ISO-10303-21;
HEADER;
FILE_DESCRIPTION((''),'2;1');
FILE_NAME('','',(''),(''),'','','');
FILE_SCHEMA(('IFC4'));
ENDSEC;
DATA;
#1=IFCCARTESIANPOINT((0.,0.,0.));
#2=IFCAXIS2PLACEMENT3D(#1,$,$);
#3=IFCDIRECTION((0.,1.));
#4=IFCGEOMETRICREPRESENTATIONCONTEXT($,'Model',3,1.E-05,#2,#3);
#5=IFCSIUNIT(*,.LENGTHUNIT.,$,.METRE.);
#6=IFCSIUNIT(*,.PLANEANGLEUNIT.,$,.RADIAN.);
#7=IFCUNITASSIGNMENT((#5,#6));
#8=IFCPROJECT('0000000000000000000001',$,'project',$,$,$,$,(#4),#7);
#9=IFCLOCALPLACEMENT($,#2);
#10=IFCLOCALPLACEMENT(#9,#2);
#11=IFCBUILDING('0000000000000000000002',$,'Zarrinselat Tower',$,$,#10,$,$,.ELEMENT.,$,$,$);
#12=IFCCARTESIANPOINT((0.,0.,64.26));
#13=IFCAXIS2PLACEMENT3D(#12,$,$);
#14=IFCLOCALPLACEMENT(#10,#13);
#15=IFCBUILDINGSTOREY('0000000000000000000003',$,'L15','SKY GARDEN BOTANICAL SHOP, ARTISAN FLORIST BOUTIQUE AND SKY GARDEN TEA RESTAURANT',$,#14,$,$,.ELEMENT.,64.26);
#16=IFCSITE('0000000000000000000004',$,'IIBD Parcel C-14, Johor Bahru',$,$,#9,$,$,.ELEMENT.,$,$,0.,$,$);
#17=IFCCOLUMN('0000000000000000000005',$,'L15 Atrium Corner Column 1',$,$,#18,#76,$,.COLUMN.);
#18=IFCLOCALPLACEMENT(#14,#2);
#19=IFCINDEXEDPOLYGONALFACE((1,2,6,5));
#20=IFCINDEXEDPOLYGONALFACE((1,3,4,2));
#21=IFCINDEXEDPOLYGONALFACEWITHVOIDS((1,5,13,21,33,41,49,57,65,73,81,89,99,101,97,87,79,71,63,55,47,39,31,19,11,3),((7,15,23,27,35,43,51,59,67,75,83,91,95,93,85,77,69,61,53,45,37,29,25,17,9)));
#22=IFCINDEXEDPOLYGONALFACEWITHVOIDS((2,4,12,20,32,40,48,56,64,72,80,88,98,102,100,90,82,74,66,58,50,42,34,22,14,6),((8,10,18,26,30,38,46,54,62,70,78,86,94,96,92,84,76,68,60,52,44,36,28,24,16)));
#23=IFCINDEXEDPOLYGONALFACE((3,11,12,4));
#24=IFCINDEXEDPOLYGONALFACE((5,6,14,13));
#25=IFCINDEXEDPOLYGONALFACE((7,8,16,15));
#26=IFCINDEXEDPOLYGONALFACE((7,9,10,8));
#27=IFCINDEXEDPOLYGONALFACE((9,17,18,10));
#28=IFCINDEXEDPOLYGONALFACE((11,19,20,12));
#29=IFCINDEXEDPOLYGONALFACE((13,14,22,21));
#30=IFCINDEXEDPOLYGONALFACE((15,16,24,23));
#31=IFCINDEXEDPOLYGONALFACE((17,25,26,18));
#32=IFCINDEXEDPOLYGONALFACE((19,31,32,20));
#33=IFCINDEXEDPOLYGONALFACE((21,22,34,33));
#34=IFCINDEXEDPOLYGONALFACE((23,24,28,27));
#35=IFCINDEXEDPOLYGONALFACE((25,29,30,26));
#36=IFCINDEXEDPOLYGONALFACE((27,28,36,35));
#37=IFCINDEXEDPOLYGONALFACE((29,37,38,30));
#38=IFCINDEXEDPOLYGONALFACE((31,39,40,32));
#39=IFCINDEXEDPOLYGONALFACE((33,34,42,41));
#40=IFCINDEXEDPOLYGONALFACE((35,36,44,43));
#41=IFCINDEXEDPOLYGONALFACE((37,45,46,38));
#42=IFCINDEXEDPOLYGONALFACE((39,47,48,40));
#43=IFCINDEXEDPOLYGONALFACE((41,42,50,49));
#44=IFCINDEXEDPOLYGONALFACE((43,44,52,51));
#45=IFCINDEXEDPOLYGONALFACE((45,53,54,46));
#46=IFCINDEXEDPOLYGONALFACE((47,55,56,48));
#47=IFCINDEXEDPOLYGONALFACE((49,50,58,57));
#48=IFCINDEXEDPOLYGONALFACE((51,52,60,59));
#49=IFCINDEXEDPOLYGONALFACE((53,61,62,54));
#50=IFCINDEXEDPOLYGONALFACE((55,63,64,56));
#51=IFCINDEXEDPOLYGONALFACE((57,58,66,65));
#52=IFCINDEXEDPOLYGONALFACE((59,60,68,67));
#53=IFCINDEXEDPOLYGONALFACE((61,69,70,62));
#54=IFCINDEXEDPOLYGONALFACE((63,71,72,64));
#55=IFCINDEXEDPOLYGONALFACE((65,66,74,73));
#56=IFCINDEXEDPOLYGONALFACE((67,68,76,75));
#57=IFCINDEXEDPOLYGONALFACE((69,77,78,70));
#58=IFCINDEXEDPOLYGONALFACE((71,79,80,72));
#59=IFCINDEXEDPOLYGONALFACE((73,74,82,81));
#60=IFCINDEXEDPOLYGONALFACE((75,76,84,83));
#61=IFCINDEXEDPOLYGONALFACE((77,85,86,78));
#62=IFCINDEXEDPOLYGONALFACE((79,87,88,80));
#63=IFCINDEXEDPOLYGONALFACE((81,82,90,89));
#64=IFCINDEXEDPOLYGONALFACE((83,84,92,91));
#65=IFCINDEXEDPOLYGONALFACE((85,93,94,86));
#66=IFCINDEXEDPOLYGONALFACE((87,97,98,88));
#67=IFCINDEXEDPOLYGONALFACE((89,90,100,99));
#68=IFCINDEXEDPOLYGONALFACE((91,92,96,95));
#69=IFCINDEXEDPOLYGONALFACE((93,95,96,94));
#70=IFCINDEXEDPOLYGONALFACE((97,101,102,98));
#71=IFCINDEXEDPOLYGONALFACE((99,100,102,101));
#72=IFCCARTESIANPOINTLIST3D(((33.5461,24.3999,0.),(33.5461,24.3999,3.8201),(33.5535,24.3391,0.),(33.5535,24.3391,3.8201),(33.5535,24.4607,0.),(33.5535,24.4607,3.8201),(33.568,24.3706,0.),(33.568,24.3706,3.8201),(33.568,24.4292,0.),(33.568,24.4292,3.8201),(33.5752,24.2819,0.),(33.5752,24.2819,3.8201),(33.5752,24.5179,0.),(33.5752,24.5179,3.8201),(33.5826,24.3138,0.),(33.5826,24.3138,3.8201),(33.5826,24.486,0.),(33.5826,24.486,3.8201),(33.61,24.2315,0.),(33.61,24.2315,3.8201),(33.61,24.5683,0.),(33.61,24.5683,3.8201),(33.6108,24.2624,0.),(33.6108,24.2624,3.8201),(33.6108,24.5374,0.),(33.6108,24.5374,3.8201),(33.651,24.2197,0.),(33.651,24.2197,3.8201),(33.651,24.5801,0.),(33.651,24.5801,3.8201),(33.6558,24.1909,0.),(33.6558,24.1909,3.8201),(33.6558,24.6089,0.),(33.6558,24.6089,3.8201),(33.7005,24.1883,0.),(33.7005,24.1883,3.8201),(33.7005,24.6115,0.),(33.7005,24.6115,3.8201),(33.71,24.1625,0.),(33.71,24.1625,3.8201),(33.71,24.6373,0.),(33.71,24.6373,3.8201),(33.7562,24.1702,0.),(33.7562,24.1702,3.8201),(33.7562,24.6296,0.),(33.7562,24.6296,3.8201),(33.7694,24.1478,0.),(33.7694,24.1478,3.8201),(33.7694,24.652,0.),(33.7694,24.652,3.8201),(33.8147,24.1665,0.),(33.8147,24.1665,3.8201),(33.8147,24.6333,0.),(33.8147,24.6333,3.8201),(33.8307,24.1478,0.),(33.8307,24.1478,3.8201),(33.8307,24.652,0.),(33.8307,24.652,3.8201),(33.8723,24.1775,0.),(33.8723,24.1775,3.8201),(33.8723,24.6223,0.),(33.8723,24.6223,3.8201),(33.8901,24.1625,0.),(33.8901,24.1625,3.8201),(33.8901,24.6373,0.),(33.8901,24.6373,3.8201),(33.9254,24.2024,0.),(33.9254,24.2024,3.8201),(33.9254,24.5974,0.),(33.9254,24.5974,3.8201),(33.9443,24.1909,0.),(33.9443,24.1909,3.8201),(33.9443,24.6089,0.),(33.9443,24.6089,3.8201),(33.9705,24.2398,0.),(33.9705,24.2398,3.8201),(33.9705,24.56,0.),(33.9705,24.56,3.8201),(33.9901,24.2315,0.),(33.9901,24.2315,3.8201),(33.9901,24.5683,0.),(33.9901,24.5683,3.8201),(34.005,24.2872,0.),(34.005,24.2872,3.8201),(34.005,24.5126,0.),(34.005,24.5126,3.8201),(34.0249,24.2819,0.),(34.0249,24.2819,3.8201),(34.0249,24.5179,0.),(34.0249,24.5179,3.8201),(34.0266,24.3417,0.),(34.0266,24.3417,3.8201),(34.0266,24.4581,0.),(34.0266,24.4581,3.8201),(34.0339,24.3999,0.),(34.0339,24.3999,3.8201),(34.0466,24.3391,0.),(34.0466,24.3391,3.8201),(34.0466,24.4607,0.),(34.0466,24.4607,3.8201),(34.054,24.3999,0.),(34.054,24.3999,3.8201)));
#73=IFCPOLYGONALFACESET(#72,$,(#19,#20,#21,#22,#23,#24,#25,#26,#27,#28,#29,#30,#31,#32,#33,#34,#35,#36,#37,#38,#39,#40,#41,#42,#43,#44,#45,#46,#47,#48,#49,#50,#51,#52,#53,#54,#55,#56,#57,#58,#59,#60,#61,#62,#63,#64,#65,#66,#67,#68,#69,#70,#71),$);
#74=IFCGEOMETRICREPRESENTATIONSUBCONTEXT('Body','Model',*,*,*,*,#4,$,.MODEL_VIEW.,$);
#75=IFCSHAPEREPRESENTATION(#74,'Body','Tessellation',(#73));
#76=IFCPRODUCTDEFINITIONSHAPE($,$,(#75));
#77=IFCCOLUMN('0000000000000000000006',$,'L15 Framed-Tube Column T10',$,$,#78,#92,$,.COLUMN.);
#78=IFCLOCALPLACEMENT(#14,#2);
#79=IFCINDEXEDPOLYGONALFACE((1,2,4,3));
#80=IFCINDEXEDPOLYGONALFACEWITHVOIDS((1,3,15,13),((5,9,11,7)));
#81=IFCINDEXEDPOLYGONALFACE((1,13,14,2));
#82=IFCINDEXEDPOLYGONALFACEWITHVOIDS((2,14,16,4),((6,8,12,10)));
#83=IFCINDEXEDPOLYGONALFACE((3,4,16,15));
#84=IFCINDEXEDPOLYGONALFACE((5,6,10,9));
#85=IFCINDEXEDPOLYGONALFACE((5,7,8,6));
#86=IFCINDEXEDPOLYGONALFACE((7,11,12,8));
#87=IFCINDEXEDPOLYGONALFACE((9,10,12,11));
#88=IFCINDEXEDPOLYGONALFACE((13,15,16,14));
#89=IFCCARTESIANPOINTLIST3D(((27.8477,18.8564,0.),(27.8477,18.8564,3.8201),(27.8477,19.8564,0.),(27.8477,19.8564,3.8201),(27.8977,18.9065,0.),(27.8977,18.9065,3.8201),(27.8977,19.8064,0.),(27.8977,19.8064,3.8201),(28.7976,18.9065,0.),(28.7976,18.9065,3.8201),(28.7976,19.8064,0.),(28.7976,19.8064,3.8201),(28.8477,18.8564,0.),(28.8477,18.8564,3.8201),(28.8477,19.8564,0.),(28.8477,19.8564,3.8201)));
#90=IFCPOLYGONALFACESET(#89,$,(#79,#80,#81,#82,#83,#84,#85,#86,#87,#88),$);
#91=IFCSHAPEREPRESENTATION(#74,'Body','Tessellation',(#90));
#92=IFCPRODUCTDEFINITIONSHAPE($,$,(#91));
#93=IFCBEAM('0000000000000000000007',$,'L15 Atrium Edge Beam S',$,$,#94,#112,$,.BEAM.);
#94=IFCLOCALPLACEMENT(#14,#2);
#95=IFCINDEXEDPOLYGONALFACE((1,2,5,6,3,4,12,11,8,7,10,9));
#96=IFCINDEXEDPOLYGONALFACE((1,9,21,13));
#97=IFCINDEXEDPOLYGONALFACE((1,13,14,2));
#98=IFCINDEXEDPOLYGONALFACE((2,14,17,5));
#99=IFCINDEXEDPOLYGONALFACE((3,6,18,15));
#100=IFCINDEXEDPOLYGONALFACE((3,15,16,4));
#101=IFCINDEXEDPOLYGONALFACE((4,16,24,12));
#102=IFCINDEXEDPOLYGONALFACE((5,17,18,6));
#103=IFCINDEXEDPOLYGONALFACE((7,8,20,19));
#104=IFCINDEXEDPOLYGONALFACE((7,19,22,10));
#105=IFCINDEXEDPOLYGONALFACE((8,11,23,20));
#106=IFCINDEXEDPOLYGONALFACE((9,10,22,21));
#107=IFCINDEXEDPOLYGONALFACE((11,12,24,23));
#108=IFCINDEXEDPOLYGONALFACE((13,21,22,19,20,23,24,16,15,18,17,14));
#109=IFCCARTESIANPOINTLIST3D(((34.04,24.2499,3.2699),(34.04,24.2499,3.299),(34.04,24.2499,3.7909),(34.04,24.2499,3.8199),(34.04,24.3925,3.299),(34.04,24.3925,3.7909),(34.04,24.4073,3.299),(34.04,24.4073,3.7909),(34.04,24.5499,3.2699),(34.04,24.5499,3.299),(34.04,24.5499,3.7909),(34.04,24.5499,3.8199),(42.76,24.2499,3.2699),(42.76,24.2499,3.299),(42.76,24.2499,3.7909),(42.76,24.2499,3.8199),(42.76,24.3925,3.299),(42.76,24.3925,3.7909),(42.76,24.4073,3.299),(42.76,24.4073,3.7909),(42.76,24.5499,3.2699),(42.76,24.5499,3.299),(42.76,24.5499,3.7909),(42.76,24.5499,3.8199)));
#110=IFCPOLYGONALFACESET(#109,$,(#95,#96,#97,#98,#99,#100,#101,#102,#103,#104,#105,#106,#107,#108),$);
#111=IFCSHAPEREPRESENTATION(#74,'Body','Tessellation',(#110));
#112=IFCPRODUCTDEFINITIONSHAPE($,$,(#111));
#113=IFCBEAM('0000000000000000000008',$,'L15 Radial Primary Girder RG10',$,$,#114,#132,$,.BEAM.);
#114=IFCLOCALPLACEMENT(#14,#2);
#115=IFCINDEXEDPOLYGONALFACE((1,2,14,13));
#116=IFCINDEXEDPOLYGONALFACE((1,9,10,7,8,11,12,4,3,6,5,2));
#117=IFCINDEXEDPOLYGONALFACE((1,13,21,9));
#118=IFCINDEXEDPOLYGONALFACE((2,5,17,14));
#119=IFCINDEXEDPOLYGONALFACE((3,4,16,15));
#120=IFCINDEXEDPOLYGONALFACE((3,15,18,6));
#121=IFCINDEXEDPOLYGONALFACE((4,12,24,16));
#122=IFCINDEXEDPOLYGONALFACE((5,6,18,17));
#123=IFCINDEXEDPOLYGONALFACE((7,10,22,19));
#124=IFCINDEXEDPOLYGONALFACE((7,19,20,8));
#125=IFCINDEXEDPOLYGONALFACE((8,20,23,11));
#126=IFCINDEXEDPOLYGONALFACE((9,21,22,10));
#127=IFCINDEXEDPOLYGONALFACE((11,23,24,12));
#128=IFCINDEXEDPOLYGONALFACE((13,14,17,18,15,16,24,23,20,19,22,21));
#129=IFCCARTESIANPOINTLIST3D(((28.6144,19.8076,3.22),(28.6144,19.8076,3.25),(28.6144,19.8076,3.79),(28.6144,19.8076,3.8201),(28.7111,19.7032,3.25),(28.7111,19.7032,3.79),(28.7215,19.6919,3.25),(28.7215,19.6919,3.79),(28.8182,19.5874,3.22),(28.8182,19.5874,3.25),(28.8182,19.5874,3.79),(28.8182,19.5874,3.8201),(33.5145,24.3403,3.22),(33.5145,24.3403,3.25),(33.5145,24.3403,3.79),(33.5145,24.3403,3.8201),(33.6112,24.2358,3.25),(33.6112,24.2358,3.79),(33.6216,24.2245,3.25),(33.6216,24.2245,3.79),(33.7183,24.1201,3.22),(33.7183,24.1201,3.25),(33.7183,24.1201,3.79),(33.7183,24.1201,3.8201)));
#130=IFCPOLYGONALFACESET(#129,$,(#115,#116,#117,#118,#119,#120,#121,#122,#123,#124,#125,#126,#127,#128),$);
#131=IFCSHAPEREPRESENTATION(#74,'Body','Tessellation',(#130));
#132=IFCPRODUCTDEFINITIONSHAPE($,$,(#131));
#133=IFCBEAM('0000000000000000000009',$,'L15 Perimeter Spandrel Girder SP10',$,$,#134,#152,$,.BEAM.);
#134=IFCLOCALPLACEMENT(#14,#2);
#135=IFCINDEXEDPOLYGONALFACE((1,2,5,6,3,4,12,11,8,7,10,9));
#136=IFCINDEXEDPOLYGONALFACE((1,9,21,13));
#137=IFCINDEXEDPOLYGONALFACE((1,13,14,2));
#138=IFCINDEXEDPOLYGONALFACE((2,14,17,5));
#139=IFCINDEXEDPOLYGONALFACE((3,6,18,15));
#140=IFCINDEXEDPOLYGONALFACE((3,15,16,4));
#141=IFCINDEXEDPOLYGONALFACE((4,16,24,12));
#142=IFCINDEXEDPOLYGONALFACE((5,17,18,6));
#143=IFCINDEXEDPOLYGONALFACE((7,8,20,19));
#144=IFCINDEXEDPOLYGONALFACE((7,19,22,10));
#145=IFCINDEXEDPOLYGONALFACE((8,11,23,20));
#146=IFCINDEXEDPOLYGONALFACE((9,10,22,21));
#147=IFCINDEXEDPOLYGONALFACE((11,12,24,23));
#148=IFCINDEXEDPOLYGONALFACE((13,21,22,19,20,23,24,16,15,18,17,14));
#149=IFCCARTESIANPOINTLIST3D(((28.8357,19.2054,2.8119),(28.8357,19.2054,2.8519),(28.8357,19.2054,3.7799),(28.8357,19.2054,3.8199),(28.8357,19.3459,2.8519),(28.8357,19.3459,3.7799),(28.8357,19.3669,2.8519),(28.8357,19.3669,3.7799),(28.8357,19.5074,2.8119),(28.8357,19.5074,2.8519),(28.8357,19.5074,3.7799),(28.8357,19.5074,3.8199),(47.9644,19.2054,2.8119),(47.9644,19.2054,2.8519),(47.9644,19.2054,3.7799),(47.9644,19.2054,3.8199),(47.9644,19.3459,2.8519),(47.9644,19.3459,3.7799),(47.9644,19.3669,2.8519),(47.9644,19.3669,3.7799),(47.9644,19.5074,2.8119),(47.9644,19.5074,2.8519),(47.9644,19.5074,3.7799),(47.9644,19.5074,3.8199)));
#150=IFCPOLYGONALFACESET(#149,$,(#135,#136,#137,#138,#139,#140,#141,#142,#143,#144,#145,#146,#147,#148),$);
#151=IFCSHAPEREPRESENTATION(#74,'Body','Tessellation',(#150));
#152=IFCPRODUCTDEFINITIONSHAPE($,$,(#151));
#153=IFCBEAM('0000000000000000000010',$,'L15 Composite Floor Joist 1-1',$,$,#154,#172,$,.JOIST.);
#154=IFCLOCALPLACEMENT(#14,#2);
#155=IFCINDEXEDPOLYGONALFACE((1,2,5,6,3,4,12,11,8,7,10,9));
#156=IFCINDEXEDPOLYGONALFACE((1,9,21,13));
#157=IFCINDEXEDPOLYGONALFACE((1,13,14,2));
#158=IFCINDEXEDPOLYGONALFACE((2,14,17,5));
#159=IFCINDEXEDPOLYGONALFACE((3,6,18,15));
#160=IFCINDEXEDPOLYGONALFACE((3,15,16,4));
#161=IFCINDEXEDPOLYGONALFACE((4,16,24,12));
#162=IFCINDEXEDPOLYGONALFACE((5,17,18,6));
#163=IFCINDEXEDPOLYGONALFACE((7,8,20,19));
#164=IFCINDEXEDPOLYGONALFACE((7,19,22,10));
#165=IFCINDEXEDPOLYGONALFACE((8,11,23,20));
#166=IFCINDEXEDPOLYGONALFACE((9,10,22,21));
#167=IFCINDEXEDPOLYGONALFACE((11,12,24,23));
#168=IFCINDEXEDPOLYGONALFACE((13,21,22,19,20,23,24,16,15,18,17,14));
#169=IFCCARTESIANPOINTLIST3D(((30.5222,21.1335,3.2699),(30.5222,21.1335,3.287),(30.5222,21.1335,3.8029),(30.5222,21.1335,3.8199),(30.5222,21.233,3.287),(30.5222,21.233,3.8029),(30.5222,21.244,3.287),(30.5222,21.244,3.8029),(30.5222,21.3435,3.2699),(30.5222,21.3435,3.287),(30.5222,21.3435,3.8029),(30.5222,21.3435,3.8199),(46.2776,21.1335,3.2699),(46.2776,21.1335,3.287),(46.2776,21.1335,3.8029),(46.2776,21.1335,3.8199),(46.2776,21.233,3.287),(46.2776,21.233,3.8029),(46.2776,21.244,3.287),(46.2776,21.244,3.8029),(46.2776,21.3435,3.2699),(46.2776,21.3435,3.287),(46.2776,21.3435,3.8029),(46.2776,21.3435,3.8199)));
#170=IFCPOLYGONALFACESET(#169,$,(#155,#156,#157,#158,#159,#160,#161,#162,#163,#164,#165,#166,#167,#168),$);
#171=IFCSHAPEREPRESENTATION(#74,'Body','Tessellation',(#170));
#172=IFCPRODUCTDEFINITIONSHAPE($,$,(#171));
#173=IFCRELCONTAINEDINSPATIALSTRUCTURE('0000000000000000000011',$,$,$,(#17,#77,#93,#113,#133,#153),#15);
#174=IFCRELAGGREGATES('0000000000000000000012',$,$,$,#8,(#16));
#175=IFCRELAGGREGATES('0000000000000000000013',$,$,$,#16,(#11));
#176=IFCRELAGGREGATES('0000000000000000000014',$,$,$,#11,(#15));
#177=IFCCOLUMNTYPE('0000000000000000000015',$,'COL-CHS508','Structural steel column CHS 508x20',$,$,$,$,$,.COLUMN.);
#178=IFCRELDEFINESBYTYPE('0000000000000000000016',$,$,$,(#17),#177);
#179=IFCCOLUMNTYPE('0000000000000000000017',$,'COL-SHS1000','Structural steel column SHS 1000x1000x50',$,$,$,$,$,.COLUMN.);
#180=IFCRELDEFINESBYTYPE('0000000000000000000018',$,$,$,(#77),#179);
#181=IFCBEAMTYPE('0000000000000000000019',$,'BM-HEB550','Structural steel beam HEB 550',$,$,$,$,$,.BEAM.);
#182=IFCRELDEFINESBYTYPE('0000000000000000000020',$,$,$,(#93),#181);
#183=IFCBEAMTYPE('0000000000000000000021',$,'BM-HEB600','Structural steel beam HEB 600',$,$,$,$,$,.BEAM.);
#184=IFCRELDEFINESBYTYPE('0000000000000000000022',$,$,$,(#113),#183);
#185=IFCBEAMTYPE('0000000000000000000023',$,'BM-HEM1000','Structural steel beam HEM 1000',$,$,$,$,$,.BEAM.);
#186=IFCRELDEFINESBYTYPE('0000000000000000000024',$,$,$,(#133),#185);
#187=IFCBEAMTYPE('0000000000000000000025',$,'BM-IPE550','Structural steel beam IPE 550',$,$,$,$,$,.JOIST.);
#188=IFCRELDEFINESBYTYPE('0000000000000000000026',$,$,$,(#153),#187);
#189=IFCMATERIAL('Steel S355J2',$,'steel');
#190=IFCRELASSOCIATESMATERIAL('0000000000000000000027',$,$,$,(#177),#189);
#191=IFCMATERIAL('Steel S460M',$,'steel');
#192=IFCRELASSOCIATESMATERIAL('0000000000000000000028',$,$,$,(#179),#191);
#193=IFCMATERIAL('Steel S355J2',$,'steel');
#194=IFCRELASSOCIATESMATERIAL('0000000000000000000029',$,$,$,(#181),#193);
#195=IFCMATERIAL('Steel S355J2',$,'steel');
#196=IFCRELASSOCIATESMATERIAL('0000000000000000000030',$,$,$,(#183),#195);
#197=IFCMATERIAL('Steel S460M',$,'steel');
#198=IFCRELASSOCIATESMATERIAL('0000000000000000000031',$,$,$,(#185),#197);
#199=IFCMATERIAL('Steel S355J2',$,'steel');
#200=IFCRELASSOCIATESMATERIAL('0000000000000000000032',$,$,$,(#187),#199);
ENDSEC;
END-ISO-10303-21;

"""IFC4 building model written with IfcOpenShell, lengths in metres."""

from ifc_helpers import new_model, si_unit, direction, frame, origin, origin_2d, place, context, subcontext, project, spatial, hollow_rectangle, hollow_circle, i_section, extrude, material, material_profile, profile_set, type_object, element, save


model = new_model("IFC4")

# Units and contexts
model_context = context("Model", 3, precision=1e-05, world=origin(), true_north=direction((0.0, 1.0)))
body_context = subcontext(model_context, "Body", "Model", "MODEL_VIEW")
ifc_project = project(units=[si_unit("LENGTHUNIT", "METRE"), si_unit("PLANEANGLEUNIT", "RADIAN")], contexts=[model_context])

# Site, building, storey
site_placement = place(None, origin())
site = spatial("IfcSite", under=ifc_project, at=site_placement, Name="IIBD Parcel C-14, Johor Bahru", CompositionType="ELEMENT", RefElevation=0.0)
building_placement = place(site_placement, origin())
building = spatial("IfcBuilding", under=site, at=building_placement, Name="Zarrinselat Tower", CompositionType="ELEMENT")
storey_placement = place(building_placement, frame((0.0, 0.0, 64.26)))
storey = spatial("IfcBuildingStorey", under=building, at=storey_placement, Name="L15", Description="SKY GARDEN BOTANICAL SHOP, ARTISAN FLORIST BOUTIQUE AND SKY GARDEN TEA RESTAURANT", CompositionType="ELEMENT", Elevation=64.26)

# Columns
ifc_material_1 = material(Name="Steel S355J2", Category="steel")
ifc_material_profile_1 = material_profile(ifc_material_1, hollow_circle(Radius=0.2539, WallThickness=0.02, at=origin_2d()), Name="CHS 508x20")
ifc_profile_set_1 = profile_set([ifc_material_profile_1], Name="Steel S355J2")
column_type_1 = type_object("IfcColumnType", Name="COL-CHS508", Description="Structural steel column CHS 508x20", PredefinedType="COLUMN", material=ifc_profile_set_1)
column_1_placement = place(storey_placement, frame((33.8, 24.3999, 0.0), z_axis=(0.0, 0.0, 1.0), x_axis=(1.0, 0.0, 0.0)))
element("IfcColumn", 1, at=column_1_placement, inside=storey, type_object=column_type_1, Name="L15 Atrium Corner Column 1", PredefinedType="COLUMN", context=body_context, shape_type="SweptSolid", body=[
    extrude(hollow_circle(Radius=0.2539, WallThickness=0.02, at=origin_2d()), origin(), (0.0, 0.0, 1.0), 3.8201),
])
ifc_material_2 = material(Name="Steel S460M", Category="steel")
ifc_material_profile_2 = material_profile(ifc_material_2, hollow_rectangle(XDim=1.0, YDim=1.0, WallThickness=0.05, at=origin_2d()), Name="SHS 1000x1000x50")
ifc_profile_set_2 = profile_set([ifc_material_profile_2], Name="Steel S460M")
column_type_2 = type_object("IfcColumnType", Name="COL-SHS1000", Description="Structural steel column SHS 1000x1000x50", PredefinedType="COLUMN", material=ifc_profile_set_2)
column_2_placement = place(storey_placement, frame((28.3477, 19.3564, 0.0), z_axis=(0.0, 0.0, 1.0), x_axis=(1.0, 0.0, 0.0)))
element("IfcColumn", 2, at=column_2_placement, inside=storey, type_object=column_type_2, Name="L15 Framed-Tube Column T10", PredefinedType="COLUMN", context=body_context, shape_type="SweptSolid", body=[
    extrude(hollow_rectangle(XDim=1.0, YDim=1.0, WallThickness=0.05, at=origin_2d()), origin(), (0.0, 0.0, 1.0), 3.8201),
])

# Beams
ifc_material_3 = material(Name="Steel S355J2", Category="steel")
ifc_material_profile_3 = material_profile(ifc_material_3, i_section(OverallWidth=0.3, OverallDepth=0.55, WebThickness=0.0149, FlangeThickness=0.0291, at=origin_2d()), Name="HEB 550")
ifc_profile_set_3 = profile_set([ifc_material_profile_3], Name="Steel S355J2")
beam_type_1 = type_object("IfcBeamType", Name="BM-HEB550", Description="Structural steel beam HEB 550", PredefinedType="BEAM", material=ifc_profile_set_3)
beam_1_placement = place(storey_placement, frame((34.04, 24.3999, 3.5449), z_axis=(1.0, 0.0, 0.0), x_axis=(0.0, 1.0, 0.0)))
element("IfcBeam", 3, at=beam_1_placement, inside=storey, type_object=beam_type_1, Name="L15 Atrium Edge Beam S", PredefinedType="BEAM", context=body_context, shape_type="SweptSolid", body=[
    extrude(i_section(OverallWidth=0.3, OverallDepth=0.55, WebThickness=0.0149, FlangeThickness=0.0291, at=origin_2d()), origin(), (0.0, 0.0, 1.0), 8.72),
])
ifc_material_4 = material(Name="Steel S355J2", Category="steel")
ifc_material_profile_4 = material_profile(ifc_material_4, i_section(OverallWidth=0.3, OverallDepth=0.6001, WebThickness=0.0154, FlangeThickness=0.03, at=origin_2d()), Name="HEB 600")
ifc_profile_set_4 = profile_set([ifc_material_profile_4], Name="Steel S355J2")
beam_type_2 = type_object("IfcBeamType", Name="BM-HEB600", Description="Structural steel beam HEB 600", PredefinedType="BEAM", material=ifc_profile_set_4)
beam_2_placement = place(storey_placement, frame((28.7163, 19.6975, 3.52), z_axis=(0.734094, 0.679048, 0.0), x_axis=(-0.679048, 0.734094, 0.0)))
element("IfcBeam", 4, at=beam_2_placement, inside=storey, type_object=beam_type_2, Name="L15 Radial Primary Girder RG10", PredefinedType="BEAM", context=body_context, shape_type="SweptSolid", body=[
    extrude(i_section(OverallWidth=0.3, OverallDepth=0.6001, WebThickness=0.0154, FlangeThickness=0.03, at=origin_2d()), origin(), (0.0, 0.0, 1.0), 6.675),
])
ifc_material_5 = material(Name="Steel S460M", Category="steel")
ifc_material_profile_5 = material_profile(ifc_material_5, i_section(OverallWidth=0.302, OverallDepth=1.0081, WebThickness=0.021, FlangeThickness=0.04, at=origin_2d()), Name="HEM 1000")
ifc_profile_set_5 = profile_set([ifc_material_profile_5], Name="Steel S460M")
beam_type_3 = type_object("IfcBeamType", Name="BM-HEM1000", Description="Structural steel beam HEM 1000", PredefinedType="BEAM", material=ifc_profile_set_5)
beam_3_placement = place(storey_placement, frame((28.8357, 19.3564, 3.3159), z_axis=(1.0, 0.0, 0.0), x_axis=(0.0, 1.0, 0.0)))
element("IfcBeam", 5, at=beam_3_placement, inside=storey, type_object=beam_type_3, Name="L15 Perimeter Spandrel Girder SP10", PredefinedType="BEAM", context=body_context, shape_type="SweptSolid", body=[
    extrude(i_section(OverallWidth=0.302, OverallDepth=1.0081, WebThickness=0.021, FlangeThickness=0.04, at=origin_2d()), origin(), (0.0, 0.0, 1.0), 19.1287),
])
ifc_material_6 = material(Name="Steel S355J2", Category="steel")
ifc_material_profile_6 = material_profile(ifc_material_6, i_section(OverallWidth=0.21, OverallDepth=0.55, WebThickness=0.011, FlangeThickness=0.0171, at=origin_2d()), Name="IPE 550")
ifc_profile_set_6 = profile_set([ifc_material_profile_6], Name="Steel S355J2")
beam_type_4 = type_object("IfcBeamType", Name="BM-IPE550", Description="Structural steel beam IPE 550", PredefinedType="JOIST", material=ifc_profile_set_6)
beam_4_placement = place(storey_placement, frame((30.5222, 21.2385, 3.5449), z_axis=(1.0, 0.0, 0.0), x_axis=(0.0, 1.0, 0.0)))
element("IfcBeam", 6, at=beam_4_placement, inside=storey, type_object=beam_type_4, Name="L15 Composite Floor Joist 1-1", PredefinedType="JOIST", context=body_context, shape_type="SweptSolid", body=[
    extrude(i_section(OverallWidth=0.21, OverallDepth=0.55, WebThickness=0.011, FlangeThickness=0.0171, at=origin_2d()), origin(), (0.0, 0.0, 1.0), 15.7554),
])

save(model, "model.ifc")
